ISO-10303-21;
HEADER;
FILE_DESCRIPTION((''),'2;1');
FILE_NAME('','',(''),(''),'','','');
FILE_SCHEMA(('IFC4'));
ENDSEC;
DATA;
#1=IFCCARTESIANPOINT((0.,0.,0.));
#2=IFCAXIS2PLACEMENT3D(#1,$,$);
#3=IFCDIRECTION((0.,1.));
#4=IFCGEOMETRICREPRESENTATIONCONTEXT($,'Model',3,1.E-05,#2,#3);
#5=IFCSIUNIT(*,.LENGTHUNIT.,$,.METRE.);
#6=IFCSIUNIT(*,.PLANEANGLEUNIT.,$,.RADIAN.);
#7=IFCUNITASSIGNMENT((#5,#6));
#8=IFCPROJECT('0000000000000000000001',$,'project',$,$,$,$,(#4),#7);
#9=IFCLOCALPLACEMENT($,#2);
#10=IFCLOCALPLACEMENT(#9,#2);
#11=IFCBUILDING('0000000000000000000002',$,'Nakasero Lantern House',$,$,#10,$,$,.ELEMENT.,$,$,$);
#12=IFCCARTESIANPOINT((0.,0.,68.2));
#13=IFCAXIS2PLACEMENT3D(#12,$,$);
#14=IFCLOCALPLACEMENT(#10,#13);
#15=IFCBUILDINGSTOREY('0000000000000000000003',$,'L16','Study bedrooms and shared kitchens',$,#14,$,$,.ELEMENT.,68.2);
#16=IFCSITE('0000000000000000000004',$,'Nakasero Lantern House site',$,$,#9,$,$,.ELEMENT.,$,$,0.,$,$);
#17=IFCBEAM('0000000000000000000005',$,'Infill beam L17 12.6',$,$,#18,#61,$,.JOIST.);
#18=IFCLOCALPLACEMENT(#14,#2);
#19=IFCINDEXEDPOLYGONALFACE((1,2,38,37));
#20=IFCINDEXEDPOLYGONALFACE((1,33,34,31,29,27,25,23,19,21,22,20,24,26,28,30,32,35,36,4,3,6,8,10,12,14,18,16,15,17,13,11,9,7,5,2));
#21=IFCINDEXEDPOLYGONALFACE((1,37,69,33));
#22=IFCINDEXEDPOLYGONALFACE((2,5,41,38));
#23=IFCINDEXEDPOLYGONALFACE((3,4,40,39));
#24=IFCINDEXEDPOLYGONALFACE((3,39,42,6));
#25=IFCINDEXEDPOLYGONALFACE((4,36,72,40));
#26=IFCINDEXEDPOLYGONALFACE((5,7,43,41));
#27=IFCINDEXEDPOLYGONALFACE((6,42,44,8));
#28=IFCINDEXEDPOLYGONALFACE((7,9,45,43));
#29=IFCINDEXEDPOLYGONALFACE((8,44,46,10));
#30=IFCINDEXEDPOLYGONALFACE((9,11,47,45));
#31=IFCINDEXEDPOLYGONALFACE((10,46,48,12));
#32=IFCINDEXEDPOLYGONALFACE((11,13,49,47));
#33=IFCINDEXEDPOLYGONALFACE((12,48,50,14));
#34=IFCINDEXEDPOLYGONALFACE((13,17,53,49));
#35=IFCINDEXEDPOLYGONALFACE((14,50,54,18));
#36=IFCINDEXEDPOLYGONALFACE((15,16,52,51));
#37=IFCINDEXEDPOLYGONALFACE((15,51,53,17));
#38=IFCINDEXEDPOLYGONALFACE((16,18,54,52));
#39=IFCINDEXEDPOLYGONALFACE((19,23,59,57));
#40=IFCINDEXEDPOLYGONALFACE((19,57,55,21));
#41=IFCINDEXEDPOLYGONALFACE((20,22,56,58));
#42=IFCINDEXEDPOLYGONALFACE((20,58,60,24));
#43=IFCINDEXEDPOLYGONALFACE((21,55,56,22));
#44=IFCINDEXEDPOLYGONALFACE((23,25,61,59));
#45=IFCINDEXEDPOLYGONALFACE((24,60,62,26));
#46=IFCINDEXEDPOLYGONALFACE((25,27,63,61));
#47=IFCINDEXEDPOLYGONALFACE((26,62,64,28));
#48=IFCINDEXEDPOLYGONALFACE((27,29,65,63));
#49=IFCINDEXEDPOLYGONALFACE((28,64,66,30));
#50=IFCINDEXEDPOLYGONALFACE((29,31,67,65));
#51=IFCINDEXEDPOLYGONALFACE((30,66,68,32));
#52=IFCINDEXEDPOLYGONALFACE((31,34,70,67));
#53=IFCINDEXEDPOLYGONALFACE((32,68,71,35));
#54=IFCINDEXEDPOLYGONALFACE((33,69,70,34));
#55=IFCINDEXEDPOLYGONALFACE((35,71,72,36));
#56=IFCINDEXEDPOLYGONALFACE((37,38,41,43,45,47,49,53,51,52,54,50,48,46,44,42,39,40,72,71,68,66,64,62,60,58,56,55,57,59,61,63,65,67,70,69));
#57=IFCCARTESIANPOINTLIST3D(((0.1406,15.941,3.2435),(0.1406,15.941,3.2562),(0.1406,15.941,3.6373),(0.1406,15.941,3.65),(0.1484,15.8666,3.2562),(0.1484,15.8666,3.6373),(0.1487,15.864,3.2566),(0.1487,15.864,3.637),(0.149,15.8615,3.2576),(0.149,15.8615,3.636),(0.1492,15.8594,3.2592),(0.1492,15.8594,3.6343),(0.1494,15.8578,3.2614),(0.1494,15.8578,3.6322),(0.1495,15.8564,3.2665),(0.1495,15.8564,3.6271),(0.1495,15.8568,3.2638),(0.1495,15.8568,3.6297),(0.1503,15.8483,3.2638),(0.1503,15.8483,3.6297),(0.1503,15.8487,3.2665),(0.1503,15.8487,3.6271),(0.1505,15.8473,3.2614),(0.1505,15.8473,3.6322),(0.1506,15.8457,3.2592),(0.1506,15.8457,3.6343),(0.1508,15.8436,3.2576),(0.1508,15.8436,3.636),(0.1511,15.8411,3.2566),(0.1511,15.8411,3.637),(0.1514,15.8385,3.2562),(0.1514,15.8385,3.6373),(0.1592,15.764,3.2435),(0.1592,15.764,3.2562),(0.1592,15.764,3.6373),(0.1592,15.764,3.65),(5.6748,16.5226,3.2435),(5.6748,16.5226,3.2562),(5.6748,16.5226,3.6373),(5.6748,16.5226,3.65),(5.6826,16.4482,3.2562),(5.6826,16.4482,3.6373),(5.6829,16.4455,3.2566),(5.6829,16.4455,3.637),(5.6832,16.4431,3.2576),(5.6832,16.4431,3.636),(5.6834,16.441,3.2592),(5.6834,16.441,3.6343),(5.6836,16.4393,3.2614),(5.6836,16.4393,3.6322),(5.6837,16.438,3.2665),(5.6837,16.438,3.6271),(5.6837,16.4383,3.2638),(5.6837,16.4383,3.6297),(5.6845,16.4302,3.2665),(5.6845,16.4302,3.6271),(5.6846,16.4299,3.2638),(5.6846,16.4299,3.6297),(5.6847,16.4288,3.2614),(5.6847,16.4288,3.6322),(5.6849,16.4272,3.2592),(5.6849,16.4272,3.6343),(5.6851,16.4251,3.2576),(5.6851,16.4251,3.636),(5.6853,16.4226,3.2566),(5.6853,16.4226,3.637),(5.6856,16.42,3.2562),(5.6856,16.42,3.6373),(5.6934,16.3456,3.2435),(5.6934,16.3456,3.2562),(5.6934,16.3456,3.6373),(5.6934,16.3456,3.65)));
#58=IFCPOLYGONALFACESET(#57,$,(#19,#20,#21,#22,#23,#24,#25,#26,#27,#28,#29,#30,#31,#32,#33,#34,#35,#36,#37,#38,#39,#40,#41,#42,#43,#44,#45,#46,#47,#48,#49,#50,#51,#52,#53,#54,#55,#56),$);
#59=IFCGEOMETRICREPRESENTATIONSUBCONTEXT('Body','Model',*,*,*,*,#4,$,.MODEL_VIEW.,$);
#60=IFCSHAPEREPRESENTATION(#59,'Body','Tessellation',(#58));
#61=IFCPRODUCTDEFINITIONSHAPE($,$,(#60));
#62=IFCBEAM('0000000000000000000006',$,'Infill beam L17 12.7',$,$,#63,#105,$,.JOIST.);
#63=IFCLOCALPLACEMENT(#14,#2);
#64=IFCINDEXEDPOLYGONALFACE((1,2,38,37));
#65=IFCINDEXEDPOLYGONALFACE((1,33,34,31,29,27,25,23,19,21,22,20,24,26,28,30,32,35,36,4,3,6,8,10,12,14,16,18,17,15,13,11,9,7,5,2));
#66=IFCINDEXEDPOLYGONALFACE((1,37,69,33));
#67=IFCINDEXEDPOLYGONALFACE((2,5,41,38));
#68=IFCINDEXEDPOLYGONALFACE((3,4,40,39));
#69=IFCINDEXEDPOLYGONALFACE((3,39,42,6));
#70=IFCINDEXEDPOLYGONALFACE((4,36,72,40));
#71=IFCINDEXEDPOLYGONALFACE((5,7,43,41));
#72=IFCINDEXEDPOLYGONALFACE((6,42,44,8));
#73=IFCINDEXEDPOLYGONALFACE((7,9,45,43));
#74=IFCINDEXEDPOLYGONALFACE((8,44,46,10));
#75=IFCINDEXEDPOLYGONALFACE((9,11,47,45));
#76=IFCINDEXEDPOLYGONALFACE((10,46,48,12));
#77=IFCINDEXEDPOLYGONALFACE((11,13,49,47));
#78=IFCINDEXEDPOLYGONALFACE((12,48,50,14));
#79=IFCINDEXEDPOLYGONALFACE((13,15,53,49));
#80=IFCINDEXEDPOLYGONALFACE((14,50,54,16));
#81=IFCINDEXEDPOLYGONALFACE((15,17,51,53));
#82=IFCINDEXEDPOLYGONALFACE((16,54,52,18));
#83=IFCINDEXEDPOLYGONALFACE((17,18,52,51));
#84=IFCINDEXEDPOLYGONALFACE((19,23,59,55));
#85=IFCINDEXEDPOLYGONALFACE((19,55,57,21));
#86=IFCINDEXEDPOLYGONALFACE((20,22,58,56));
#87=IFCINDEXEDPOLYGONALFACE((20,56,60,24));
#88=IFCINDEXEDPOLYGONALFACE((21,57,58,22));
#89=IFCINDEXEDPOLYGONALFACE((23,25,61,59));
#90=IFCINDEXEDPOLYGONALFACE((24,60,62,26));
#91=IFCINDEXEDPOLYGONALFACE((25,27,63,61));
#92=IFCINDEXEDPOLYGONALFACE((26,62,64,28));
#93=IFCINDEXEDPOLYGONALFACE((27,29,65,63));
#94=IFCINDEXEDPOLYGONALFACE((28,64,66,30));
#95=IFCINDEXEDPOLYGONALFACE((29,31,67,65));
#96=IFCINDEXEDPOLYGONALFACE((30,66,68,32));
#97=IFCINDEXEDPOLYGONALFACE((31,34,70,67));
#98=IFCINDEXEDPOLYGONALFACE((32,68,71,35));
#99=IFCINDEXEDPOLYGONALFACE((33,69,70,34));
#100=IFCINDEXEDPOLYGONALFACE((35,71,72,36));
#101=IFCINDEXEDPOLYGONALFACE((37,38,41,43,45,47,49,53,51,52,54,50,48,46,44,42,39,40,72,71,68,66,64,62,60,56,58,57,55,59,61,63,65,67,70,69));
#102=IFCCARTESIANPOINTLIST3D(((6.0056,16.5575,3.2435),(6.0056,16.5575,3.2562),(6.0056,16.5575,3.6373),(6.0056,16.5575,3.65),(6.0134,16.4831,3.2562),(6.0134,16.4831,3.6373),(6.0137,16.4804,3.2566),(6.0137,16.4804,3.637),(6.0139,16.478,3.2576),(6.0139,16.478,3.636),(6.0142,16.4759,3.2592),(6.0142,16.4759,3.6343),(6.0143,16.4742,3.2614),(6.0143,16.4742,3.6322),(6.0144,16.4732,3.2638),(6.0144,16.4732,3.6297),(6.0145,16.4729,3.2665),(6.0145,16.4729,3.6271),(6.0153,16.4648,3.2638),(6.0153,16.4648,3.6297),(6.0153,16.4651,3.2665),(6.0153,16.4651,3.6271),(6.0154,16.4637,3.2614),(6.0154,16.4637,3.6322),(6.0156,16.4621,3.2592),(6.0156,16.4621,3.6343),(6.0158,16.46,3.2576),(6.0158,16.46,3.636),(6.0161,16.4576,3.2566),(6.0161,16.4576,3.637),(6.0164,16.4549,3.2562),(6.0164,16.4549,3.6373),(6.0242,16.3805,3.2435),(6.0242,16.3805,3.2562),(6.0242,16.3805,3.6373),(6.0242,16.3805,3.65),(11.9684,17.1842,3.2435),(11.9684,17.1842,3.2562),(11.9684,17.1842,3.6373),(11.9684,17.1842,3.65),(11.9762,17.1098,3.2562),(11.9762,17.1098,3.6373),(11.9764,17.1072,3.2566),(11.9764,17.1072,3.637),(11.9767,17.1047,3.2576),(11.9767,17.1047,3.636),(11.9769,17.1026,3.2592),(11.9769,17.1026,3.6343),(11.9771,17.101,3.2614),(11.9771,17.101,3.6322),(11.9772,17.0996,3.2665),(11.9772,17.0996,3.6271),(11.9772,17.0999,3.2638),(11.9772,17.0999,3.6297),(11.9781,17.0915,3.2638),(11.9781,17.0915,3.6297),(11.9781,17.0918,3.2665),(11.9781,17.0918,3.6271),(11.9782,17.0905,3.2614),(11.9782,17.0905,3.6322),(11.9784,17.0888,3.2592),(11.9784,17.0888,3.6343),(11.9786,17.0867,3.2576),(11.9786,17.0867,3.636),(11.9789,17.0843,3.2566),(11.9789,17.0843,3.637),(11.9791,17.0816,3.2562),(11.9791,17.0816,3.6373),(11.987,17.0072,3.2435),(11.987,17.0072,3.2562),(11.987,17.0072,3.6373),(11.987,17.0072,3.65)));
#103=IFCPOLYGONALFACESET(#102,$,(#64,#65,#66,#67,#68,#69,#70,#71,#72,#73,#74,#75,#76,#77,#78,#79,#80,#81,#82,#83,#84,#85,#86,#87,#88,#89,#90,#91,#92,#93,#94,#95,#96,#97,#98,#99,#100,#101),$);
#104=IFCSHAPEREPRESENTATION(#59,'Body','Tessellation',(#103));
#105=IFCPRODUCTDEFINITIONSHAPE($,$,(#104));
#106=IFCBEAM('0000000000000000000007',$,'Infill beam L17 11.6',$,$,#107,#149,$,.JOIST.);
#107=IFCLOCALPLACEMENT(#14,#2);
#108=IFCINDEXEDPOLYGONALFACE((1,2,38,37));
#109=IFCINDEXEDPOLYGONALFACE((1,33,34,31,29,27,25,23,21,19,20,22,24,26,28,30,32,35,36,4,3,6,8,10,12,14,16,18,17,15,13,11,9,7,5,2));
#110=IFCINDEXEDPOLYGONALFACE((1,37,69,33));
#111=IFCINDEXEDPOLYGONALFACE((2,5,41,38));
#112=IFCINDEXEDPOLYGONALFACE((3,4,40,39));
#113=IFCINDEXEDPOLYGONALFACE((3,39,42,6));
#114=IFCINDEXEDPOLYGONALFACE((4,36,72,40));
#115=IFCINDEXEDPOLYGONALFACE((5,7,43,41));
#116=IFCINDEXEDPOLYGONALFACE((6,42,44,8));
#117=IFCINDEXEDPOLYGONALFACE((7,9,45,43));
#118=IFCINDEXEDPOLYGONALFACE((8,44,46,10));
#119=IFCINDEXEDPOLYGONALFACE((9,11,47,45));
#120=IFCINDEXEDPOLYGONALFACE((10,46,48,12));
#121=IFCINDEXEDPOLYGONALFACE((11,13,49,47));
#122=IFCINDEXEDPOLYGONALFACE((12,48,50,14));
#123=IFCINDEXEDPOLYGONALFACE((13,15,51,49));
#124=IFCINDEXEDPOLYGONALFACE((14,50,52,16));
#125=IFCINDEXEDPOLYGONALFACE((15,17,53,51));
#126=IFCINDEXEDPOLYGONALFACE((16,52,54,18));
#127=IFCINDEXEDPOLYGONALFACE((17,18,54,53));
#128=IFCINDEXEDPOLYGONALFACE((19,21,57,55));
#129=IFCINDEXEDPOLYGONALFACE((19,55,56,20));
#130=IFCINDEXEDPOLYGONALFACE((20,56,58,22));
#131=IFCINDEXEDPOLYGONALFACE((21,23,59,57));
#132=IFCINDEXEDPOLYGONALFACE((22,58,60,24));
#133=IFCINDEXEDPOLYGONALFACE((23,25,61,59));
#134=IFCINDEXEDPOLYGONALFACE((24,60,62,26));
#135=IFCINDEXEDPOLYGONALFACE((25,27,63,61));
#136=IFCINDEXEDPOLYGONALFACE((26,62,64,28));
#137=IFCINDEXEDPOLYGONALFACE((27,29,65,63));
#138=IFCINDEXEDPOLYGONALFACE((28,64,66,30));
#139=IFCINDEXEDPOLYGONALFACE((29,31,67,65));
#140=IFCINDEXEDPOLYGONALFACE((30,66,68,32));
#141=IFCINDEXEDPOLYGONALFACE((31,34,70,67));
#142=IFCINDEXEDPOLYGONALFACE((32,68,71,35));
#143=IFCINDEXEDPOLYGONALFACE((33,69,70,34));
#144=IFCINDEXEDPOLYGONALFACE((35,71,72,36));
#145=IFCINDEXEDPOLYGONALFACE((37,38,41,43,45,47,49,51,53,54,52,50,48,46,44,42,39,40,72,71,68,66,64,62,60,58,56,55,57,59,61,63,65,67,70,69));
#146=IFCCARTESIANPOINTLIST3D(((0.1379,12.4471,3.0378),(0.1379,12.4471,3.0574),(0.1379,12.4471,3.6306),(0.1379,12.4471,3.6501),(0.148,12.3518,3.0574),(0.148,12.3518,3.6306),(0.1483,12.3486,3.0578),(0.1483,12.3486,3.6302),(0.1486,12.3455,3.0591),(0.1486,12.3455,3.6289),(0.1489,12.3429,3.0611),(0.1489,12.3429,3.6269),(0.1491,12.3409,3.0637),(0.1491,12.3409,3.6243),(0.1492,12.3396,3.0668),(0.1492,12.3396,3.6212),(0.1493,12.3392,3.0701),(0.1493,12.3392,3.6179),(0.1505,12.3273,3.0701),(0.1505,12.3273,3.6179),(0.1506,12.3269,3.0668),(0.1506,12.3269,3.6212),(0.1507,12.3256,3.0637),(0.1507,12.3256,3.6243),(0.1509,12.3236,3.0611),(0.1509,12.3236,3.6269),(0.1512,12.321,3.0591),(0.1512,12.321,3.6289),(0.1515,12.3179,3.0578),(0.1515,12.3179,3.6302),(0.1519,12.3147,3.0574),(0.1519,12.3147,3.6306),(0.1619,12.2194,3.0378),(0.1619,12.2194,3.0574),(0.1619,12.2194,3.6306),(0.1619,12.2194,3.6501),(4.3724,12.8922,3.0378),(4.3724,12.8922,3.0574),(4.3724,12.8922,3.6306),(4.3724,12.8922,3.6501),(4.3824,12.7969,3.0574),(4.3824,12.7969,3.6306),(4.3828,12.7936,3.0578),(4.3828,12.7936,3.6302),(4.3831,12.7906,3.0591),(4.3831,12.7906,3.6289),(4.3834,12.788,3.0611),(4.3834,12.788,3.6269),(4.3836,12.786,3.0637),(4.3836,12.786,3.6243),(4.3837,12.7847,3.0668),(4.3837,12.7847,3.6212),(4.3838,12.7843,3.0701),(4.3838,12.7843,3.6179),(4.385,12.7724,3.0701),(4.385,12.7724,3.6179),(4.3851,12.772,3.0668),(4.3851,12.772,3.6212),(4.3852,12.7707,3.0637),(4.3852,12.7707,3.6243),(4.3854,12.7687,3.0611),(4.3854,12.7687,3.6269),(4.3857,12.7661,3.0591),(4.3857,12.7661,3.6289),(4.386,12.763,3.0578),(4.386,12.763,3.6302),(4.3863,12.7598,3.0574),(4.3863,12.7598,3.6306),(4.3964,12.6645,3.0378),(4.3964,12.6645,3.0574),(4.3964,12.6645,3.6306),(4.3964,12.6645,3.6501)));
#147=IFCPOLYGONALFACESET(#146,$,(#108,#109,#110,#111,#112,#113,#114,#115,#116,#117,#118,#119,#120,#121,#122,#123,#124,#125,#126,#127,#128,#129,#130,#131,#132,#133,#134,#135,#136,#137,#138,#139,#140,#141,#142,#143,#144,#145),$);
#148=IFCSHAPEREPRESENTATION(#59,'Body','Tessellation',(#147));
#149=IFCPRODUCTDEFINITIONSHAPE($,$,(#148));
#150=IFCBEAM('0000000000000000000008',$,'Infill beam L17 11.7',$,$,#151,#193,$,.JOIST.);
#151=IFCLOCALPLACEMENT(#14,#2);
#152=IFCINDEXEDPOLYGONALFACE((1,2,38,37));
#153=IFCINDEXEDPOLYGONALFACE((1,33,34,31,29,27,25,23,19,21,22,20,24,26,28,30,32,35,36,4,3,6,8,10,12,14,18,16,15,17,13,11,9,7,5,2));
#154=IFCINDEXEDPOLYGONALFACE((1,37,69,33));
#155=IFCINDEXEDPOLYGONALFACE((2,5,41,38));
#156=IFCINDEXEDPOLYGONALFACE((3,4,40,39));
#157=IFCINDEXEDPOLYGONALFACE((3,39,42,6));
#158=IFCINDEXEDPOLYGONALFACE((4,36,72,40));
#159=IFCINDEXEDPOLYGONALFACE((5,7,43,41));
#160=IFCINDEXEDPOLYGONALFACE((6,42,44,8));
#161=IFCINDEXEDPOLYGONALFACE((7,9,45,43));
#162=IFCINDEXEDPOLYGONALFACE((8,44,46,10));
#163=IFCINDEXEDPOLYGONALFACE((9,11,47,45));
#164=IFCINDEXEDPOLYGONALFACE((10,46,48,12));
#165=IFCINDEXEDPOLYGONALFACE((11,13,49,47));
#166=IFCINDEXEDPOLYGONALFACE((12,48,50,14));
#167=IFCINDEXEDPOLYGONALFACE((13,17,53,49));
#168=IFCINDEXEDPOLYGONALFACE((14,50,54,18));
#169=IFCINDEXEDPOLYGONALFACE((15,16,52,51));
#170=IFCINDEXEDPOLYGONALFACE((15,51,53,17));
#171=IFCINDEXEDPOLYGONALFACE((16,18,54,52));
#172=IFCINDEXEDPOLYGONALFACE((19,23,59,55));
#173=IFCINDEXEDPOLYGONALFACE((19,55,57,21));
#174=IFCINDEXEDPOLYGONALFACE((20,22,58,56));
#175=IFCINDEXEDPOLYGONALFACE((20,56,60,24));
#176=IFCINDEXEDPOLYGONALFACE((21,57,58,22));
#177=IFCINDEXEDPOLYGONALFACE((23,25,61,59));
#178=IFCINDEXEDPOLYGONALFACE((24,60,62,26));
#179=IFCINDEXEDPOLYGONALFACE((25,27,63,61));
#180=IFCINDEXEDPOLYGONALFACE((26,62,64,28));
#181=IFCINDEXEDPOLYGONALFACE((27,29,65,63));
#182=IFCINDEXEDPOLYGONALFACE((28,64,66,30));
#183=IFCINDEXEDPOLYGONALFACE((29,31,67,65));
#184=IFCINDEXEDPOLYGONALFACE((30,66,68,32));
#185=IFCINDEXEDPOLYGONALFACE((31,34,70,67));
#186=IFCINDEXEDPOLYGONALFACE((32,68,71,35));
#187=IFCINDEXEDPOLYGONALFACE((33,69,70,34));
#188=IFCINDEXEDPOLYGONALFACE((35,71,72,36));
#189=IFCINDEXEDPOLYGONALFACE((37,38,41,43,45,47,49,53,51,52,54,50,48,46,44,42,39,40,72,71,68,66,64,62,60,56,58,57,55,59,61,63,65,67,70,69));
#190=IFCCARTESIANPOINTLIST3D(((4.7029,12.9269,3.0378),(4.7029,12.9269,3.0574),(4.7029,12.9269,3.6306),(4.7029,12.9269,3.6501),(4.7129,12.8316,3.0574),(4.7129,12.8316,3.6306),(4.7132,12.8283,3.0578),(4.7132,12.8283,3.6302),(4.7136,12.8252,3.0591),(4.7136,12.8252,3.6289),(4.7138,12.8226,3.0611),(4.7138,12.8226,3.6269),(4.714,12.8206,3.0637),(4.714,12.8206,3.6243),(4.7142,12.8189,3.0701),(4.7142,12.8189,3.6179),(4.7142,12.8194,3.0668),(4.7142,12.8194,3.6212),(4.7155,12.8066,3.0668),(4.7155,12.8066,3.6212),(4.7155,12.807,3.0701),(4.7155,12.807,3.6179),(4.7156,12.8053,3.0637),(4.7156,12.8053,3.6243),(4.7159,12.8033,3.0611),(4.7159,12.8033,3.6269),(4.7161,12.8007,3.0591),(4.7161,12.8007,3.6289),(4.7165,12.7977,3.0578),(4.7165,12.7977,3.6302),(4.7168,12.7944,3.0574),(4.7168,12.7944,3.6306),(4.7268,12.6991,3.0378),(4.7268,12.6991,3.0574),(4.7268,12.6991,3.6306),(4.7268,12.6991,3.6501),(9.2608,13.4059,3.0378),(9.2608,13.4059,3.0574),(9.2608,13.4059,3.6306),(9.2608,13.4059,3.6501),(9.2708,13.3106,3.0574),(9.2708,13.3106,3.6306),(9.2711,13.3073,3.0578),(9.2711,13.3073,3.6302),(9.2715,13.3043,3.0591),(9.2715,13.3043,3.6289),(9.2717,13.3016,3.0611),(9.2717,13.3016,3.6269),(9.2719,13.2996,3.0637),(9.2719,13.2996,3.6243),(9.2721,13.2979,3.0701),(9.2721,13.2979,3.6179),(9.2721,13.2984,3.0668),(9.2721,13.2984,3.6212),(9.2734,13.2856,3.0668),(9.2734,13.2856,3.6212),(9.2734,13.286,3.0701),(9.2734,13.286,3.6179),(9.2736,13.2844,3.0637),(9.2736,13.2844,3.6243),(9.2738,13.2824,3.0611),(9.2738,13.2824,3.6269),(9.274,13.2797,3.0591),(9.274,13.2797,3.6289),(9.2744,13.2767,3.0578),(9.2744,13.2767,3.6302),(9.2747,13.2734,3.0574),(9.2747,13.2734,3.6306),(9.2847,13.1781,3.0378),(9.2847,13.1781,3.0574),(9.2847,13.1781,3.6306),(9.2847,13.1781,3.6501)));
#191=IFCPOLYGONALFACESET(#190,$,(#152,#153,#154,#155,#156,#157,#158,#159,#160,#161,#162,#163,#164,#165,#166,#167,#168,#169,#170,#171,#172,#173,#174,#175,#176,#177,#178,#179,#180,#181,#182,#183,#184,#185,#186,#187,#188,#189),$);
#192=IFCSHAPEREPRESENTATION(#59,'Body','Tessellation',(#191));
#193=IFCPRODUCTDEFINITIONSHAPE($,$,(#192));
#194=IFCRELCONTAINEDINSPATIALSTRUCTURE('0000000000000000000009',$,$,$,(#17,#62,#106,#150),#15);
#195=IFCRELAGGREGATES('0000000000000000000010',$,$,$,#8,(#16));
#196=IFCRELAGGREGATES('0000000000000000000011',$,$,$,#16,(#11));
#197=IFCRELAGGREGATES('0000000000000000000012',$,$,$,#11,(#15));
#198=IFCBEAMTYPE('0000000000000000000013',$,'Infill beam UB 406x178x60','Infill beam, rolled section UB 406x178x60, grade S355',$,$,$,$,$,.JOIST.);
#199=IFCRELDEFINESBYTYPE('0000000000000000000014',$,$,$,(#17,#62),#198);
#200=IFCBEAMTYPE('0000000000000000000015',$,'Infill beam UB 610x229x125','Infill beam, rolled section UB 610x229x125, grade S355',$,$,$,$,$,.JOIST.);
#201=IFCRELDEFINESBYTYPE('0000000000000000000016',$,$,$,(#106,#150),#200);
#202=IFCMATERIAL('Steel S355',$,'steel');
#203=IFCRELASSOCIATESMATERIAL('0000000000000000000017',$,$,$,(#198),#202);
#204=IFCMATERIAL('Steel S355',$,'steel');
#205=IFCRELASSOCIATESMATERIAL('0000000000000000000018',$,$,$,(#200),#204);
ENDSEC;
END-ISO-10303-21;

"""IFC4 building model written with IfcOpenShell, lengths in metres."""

from ifc_helpers import new_model, si_unit, direction, frame, origin, origin_2d, place, context, subcontext, project, spatial, i_section, extrude, material, material_profile, profile_set, type_object, element, save


model = new_model("IFC4")

# Units and contexts
model_context = context("Model", 3, precision=1e-05, world=origin(), true_north=direction((0.0, 1.0)))
body_context = subcontext(model_context, "Body", "Model", "MODEL_VIEW")
ifc_project = project(units=[si_unit("LENGTHUNIT", "METRE"), si_unit("PLANEANGLEUNIT", "RADIAN")], contexts=[model_context])

# Site, building, storey
site_placement = place(None, origin())
site = spatial("IfcSite", under=ifc_project, at=site_placement, Name="Nakasero Lantern House site", CompositionType="ELEMENT", RefElevation=0.0)
building_placement = place(site_placement, origin())
building = spatial("IfcBuilding", under=site, at=building_placement, Name="Nakasero Lantern House", CompositionType="ELEMENT")
storey_placement = place(building_placement, frame((0.0, 0.0, 68.2)))
storey = spatial("IfcBuildingStorey", under=building, at=storey_placement, Name="L16", Description="Study bedrooms and shared kitchens", CompositionType="ELEMENT", Elevation=68.2)

# Beams
ifc_material_1 = material(Name="Steel S355", Category="steel")
ifc_material_profile_1 = material_profile(ifc_material_1, i_section(OverallWidth=0.178, OverallDepth=0.4065, WebThickness=0.0078, FlangeThickness=0.0127, FilletRadius=0.0103, at=origin_2d()), Name="UB 406x178x60")
ifc_profile_set_1 = profile_set([ifc_material_profile_1], Name="Steel S355")
beam_type_1 = type_object("IfcBeamType", Name="Infill beam UB 406x178x60", Description="Infill beam, rolled section UB 406x178x60, grade S355", PredefinedType="JOIST", material=ifc_profile_set_1)
beam_1_placement = place(storey_placement, frame((0.1499, 15.8525, 3.4468), z_axis=(0.994524, 0.104507, 0.0), x_axis=(-0.104507, 0.994524, 0.0)))
element("IfcBeam", 1, at=beam_1_placement, inside=storey, type_object=beam_type_1, Name="Infill beam L17 12.6", PredefinedType="JOIST", context=body_context, shape_type="SweptSolid", body=[
    extrude(i_section(OverallWidth=0.178, OverallDepth=0.4065, WebThickness=0.0078, FlangeThickness=0.0127, FilletRadius=0.0103, at=origin_2d()), origin(), (0.0, 0.0, 1.0), 5.5647),
])
beam_2_placement = place(storey_placement, frame((6.0149, 16.469, 3.4468), z_axis=(0.994522, 0.10453, 0.0), x_axis=(-0.10453, 0.994522, 0.0)))
element("IfcBeam", 2, at=beam_2_placement, inside=storey, type_object=beam_type_1, Name="Infill beam L17 12.7", PredefinedType="JOIST", context=body_context, shape_type="SweptSolid", body=[
    extrude(i_section(OverallWidth=0.178, OverallDepth=0.4065, WebThickness=0.0078, FlangeThickness=0.0127, FilletRadius=0.0103, at=origin_2d()), origin(), (0.0, 0.0, 1.0), 5.9956),
])
ifc_material_2 = material(Name="Steel S355", Category="steel")
ifc_material_profile_2 = material_profile(ifc_material_2, i_section(OverallWidth=0.229, OverallDepth=0.6123, WebThickness=0.012, FlangeThickness=0.0195, FilletRadius=0.0127, at=origin_2d()), Name="UB 610x229x125")
ifc_profile_set_2 = profile_set([ifc_material_profile_2], Name="Steel S355")
beam_type_2 = type_object("IfcBeamType", Name="Infill beam UB 610x229x125", Description="Infill beam, rolled section UB 610x229x125, grade S355", PredefinedType="JOIST", material=ifc_profile_set_2)
beam_3_placement = place(storey_placement, frame((0.1499, 12.3333, 3.344), z_axis=(0.994521, 0.104533, 0.0), x_axis=(-0.104533, 0.994521, 0.0)))
element("IfcBeam", 3, at=beam_3_placement, inside=storey, type_object=beam_type_2, Name="Infill beam L17 11.6", PredefinedType="JOIST", context=body_context, shape_type="SweptSolid", body=[
    extrude(i_section(OverallWidth=0.229, OverallDepth=0.6123, WebThickness=0.012, FlangeThickness=0.0195, FilletRadius=0.0127, at=origin_2d()), origin(), (0.0, 0.0, 1.0), 4.2578),
])
beam_4_placement = place(storey_placement, frame((4.7148, 12.813, 3.344), z_axis=(0.994523, 0.104518, 0.0), x_axis=(-0.104518, 0.994523, 0.0)))
element("IfcBeam", 4, at=beam_4_placement, inside=storey, type_object=beam_type_2, Name="Infill beam L17 11.7", PredefinedType="JOIST", context=body_context, shape_type="SweptSolid", body=[
    extrude(i_section(OverallWidth=0.229, OverallDepth=0.6123, WebThickness=0.012, FlangeThickness=0.0195, FilletRadius=0.0127, at=origin_2d()), origin(), (0.0, 0.0, 1.0), 4.583),
])

save(model, "model.ifc")
